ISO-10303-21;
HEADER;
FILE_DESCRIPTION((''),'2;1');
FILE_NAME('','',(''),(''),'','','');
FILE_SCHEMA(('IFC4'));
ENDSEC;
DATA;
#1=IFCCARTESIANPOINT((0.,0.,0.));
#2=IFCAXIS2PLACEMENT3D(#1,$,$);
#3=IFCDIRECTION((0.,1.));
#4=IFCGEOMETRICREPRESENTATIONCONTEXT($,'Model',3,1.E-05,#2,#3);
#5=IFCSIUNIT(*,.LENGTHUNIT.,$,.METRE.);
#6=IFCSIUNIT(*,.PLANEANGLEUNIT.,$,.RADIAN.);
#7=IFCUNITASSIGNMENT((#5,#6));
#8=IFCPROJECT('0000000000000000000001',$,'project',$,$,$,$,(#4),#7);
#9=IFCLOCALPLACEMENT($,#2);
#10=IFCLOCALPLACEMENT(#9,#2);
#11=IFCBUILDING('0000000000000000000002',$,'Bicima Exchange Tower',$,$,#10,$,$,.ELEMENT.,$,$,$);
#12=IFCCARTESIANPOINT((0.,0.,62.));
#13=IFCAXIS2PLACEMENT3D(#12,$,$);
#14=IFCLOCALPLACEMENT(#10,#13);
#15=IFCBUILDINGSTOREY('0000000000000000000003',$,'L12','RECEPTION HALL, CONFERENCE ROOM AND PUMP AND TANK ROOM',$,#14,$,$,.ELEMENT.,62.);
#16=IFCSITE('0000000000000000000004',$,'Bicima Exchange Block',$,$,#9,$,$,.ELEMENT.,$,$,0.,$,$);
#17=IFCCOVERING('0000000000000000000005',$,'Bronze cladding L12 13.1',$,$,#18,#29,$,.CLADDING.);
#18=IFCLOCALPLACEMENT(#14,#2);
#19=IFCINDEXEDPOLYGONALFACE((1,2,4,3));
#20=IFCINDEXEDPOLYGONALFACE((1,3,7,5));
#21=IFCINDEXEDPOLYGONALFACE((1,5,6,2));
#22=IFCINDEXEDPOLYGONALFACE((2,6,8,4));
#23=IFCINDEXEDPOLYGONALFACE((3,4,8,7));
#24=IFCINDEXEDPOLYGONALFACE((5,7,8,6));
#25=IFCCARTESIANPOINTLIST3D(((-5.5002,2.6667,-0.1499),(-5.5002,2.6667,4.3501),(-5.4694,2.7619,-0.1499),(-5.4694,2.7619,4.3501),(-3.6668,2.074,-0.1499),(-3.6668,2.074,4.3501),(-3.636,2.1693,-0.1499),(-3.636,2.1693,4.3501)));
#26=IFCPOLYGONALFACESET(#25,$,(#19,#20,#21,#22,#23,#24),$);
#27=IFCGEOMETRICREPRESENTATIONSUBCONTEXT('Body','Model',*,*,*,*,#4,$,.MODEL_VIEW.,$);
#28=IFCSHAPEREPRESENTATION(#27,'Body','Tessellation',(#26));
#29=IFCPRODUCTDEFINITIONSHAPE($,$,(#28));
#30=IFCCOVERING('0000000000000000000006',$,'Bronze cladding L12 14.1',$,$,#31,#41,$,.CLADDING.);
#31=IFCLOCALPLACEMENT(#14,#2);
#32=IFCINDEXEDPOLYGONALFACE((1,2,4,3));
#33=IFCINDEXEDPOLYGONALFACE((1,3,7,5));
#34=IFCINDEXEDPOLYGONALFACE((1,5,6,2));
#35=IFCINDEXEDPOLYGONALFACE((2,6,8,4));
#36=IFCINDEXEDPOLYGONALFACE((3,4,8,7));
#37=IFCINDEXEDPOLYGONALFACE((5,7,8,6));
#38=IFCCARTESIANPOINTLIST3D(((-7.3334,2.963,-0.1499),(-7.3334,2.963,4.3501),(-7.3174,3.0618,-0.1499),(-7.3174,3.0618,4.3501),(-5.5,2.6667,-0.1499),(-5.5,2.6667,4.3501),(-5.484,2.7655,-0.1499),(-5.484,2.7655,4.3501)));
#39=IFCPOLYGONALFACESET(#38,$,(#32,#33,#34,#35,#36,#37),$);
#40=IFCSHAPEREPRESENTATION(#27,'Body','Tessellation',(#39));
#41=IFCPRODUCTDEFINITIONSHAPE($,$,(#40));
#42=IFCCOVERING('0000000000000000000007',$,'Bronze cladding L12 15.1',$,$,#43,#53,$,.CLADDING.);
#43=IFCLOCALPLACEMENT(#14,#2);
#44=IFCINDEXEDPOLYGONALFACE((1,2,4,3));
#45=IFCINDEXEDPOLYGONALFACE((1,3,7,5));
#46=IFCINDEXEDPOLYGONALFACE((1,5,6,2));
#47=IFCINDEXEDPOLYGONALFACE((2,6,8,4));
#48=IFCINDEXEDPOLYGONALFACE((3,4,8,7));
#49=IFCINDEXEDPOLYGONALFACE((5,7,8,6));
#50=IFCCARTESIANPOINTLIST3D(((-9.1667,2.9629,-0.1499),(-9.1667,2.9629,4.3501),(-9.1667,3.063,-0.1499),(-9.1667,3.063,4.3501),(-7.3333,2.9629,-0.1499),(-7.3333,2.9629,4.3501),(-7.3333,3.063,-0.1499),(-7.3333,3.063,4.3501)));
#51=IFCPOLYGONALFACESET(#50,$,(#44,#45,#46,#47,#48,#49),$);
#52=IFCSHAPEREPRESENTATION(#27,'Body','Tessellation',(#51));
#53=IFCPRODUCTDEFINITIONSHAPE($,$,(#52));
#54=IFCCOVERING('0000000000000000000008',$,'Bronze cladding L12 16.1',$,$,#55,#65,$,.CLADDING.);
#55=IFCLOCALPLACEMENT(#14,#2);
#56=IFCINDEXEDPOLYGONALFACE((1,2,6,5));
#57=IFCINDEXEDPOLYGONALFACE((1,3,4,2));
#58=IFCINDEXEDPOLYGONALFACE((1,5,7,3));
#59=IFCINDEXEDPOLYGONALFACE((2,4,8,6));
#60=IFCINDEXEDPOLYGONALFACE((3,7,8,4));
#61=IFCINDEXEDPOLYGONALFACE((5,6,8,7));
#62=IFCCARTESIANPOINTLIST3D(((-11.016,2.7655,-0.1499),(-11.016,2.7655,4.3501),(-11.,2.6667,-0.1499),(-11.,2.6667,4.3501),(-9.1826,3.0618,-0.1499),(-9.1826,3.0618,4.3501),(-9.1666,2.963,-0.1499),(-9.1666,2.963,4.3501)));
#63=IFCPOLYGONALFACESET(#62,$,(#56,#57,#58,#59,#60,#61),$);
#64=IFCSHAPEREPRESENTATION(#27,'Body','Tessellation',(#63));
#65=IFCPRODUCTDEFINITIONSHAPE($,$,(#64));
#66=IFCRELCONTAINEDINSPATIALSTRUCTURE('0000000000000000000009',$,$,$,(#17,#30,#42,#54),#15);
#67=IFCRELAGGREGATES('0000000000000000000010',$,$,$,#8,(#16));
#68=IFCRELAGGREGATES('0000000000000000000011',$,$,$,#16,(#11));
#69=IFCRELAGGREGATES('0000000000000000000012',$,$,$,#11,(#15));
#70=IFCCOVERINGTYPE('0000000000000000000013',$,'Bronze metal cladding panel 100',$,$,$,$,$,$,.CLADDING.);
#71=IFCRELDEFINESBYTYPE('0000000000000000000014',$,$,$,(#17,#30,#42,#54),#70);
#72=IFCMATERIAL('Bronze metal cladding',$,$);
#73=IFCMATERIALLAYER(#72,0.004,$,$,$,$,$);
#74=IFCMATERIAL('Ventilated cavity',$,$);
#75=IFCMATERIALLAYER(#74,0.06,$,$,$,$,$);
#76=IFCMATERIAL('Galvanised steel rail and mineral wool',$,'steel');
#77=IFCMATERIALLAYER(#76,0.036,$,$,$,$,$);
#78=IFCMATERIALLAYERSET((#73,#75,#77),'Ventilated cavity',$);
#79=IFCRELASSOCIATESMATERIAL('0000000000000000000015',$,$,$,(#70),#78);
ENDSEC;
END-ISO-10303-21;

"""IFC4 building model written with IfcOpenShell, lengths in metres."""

from ifc_helpers import new_model, si_unit, direction, frame, origin, origin_2d, place, context, subcontext, project, spatial, rectangle, extrude, material, layer, layer_set, type_object, element, save


model = new_model("IFC4")

# Units and contexts
model_context = context("Model", 3, precision=1e-05, world=origin(), true_north=direction((0.0, 1.0)))
body_context = subcontext(model_context, "Body", "Model", "MODEL_VIEW")
ifc_project = project(units=[si_unit("LENGTHUNIT", "METRE"), si_unit("PLANEANGLEUNIT", "RADIAN")], contexts=[model_context])

# Site, building, storey
site_placement = place(None, origin())
site = spatial("IfcSite", under=ifc_project, at=site_placement, Name="Bicima Exchange Block", CompositionType="ELEMENT", RefElevation=0.0)
building_placement = place(site_placement, origin())
building = spatial("IfcBuilding", under=site, at=building_placement, Name="Bicima Exchange Tower", CompositionType="ELEMENT")
storey_placement = place(building_placement, frame((0.0, 0.0, 62.0)))
storey = spatial("IfcBuildingStorey", under=building, at=storey_placement, Name="L12", Description="RECEPTION HALL, CONFERENCE ROOM AND PUMP AND TANK ROOM", CompositionType="ELEMENT", Elevation=62.0)

# Coverings
ifc_material_1 = material(Name="Bronze metal cladding")
ifc_layer_1 = layer(ifc_material_1, 0.004)
ifc_material_2 = material(Name="Ventilated cavity")
ifc_layer_2 = layer(ifc_material_2, 0.06)
ifc_material_3 = material(Name="Galvanised steel rail and mineral wool", Category="steel")
ifc_layer_3 = layer(ifc_material_3, 0.036)
ifc_layer_set_1 = layer_set([ifc_layer_1, ifc_layer_2, ifc_layer_3], Name="Ventilated cavity")
covering_type = type_object("IfcCoveringType", Name="Bronze metal cladding panel 100", PredefinedType="CLADDING", material=ifc_layer_set_1)
covering_1_placement = place(storey_placement, frame((-4.5681, 2.418, -0.1499), z_axis=(0.0, 0.0, 1.0), x_axis=(-0.951525, 0.307573, 0.0)))
element("IfcCovering", 1, at=covering_1_placement, inside=storey, type_object=covering_type, Name="Bronze cladding L12 13.1", PredefinedType="CLADDING", context=body_context, shape_type="SweptSolid", body=[
    extrude(rectangle(XDim=1.9268, YDim=0.1001, at=origin_2d()), origin(), (0.0, 0.0, 1.0), 4.5),
])
covering_2_placement = place(storey_placement, frame((-6.4087, 2.8643, -0.1499), z_axis=(0.0, 0.0, 1.0), x_axis=(-0.98719, 0.15955, 0.0)))
element("IfcCovering", 2, at=covering_2_placement, inside=storey, type_object=covering_type, Name="Bronze cladding L12 14.1", PredefinedType="CLADDING", context=body_context, shape_type="SweptSolid", body=[
    extrude(rectangle(XDim=1.8572, YDim=0.1001, at=origin_2d()), origin(), (0.0, 0.0, 1.0), 4.5),
])
covering_3_placement = place(storey_placement, frame((-8.25, 3.0129, -0.1499), z_axis=(0.0, 0.0, 1.0), x_axis=(-1.0, 0.0, 0.0)))
element("IfcCovering", 3, at=covering_3_placement, inside=storey, type_object=covering_type, Name="Bronze cladding L12 15.1", PredefinedType="CLADDING", context=body_context, shape_type="SweptSolid", body=[
    extrude(rectangle(XDim=1.8335, YDim=0.1001, at=origin_2d()), origin(), (0.0, 0.0, 1.0), 4.5),
])
covering_4_placement = place(storey_placement, frame((-10.0913, 2.8643, -0.1499), z_axis=(0.0, 0.0, 1.0), x_axis=(-0.98719, -0.15955, 0.0)))
element("IfcCovering", 4, at=covering_4_placement, inside=storey, type_object=covering_type, Name="Bronze cladding L12 16.1", PredefinedType="CLADDING", context=body_context, shape_type="SweptSolid", body=[
    extrude(rectangle(XDim=1.8572, YDim=0.1001, at=origin_2d()), origin(), (0.0, 0.0, 1.0), 4.5),
])

save(model, "model.ifc")
